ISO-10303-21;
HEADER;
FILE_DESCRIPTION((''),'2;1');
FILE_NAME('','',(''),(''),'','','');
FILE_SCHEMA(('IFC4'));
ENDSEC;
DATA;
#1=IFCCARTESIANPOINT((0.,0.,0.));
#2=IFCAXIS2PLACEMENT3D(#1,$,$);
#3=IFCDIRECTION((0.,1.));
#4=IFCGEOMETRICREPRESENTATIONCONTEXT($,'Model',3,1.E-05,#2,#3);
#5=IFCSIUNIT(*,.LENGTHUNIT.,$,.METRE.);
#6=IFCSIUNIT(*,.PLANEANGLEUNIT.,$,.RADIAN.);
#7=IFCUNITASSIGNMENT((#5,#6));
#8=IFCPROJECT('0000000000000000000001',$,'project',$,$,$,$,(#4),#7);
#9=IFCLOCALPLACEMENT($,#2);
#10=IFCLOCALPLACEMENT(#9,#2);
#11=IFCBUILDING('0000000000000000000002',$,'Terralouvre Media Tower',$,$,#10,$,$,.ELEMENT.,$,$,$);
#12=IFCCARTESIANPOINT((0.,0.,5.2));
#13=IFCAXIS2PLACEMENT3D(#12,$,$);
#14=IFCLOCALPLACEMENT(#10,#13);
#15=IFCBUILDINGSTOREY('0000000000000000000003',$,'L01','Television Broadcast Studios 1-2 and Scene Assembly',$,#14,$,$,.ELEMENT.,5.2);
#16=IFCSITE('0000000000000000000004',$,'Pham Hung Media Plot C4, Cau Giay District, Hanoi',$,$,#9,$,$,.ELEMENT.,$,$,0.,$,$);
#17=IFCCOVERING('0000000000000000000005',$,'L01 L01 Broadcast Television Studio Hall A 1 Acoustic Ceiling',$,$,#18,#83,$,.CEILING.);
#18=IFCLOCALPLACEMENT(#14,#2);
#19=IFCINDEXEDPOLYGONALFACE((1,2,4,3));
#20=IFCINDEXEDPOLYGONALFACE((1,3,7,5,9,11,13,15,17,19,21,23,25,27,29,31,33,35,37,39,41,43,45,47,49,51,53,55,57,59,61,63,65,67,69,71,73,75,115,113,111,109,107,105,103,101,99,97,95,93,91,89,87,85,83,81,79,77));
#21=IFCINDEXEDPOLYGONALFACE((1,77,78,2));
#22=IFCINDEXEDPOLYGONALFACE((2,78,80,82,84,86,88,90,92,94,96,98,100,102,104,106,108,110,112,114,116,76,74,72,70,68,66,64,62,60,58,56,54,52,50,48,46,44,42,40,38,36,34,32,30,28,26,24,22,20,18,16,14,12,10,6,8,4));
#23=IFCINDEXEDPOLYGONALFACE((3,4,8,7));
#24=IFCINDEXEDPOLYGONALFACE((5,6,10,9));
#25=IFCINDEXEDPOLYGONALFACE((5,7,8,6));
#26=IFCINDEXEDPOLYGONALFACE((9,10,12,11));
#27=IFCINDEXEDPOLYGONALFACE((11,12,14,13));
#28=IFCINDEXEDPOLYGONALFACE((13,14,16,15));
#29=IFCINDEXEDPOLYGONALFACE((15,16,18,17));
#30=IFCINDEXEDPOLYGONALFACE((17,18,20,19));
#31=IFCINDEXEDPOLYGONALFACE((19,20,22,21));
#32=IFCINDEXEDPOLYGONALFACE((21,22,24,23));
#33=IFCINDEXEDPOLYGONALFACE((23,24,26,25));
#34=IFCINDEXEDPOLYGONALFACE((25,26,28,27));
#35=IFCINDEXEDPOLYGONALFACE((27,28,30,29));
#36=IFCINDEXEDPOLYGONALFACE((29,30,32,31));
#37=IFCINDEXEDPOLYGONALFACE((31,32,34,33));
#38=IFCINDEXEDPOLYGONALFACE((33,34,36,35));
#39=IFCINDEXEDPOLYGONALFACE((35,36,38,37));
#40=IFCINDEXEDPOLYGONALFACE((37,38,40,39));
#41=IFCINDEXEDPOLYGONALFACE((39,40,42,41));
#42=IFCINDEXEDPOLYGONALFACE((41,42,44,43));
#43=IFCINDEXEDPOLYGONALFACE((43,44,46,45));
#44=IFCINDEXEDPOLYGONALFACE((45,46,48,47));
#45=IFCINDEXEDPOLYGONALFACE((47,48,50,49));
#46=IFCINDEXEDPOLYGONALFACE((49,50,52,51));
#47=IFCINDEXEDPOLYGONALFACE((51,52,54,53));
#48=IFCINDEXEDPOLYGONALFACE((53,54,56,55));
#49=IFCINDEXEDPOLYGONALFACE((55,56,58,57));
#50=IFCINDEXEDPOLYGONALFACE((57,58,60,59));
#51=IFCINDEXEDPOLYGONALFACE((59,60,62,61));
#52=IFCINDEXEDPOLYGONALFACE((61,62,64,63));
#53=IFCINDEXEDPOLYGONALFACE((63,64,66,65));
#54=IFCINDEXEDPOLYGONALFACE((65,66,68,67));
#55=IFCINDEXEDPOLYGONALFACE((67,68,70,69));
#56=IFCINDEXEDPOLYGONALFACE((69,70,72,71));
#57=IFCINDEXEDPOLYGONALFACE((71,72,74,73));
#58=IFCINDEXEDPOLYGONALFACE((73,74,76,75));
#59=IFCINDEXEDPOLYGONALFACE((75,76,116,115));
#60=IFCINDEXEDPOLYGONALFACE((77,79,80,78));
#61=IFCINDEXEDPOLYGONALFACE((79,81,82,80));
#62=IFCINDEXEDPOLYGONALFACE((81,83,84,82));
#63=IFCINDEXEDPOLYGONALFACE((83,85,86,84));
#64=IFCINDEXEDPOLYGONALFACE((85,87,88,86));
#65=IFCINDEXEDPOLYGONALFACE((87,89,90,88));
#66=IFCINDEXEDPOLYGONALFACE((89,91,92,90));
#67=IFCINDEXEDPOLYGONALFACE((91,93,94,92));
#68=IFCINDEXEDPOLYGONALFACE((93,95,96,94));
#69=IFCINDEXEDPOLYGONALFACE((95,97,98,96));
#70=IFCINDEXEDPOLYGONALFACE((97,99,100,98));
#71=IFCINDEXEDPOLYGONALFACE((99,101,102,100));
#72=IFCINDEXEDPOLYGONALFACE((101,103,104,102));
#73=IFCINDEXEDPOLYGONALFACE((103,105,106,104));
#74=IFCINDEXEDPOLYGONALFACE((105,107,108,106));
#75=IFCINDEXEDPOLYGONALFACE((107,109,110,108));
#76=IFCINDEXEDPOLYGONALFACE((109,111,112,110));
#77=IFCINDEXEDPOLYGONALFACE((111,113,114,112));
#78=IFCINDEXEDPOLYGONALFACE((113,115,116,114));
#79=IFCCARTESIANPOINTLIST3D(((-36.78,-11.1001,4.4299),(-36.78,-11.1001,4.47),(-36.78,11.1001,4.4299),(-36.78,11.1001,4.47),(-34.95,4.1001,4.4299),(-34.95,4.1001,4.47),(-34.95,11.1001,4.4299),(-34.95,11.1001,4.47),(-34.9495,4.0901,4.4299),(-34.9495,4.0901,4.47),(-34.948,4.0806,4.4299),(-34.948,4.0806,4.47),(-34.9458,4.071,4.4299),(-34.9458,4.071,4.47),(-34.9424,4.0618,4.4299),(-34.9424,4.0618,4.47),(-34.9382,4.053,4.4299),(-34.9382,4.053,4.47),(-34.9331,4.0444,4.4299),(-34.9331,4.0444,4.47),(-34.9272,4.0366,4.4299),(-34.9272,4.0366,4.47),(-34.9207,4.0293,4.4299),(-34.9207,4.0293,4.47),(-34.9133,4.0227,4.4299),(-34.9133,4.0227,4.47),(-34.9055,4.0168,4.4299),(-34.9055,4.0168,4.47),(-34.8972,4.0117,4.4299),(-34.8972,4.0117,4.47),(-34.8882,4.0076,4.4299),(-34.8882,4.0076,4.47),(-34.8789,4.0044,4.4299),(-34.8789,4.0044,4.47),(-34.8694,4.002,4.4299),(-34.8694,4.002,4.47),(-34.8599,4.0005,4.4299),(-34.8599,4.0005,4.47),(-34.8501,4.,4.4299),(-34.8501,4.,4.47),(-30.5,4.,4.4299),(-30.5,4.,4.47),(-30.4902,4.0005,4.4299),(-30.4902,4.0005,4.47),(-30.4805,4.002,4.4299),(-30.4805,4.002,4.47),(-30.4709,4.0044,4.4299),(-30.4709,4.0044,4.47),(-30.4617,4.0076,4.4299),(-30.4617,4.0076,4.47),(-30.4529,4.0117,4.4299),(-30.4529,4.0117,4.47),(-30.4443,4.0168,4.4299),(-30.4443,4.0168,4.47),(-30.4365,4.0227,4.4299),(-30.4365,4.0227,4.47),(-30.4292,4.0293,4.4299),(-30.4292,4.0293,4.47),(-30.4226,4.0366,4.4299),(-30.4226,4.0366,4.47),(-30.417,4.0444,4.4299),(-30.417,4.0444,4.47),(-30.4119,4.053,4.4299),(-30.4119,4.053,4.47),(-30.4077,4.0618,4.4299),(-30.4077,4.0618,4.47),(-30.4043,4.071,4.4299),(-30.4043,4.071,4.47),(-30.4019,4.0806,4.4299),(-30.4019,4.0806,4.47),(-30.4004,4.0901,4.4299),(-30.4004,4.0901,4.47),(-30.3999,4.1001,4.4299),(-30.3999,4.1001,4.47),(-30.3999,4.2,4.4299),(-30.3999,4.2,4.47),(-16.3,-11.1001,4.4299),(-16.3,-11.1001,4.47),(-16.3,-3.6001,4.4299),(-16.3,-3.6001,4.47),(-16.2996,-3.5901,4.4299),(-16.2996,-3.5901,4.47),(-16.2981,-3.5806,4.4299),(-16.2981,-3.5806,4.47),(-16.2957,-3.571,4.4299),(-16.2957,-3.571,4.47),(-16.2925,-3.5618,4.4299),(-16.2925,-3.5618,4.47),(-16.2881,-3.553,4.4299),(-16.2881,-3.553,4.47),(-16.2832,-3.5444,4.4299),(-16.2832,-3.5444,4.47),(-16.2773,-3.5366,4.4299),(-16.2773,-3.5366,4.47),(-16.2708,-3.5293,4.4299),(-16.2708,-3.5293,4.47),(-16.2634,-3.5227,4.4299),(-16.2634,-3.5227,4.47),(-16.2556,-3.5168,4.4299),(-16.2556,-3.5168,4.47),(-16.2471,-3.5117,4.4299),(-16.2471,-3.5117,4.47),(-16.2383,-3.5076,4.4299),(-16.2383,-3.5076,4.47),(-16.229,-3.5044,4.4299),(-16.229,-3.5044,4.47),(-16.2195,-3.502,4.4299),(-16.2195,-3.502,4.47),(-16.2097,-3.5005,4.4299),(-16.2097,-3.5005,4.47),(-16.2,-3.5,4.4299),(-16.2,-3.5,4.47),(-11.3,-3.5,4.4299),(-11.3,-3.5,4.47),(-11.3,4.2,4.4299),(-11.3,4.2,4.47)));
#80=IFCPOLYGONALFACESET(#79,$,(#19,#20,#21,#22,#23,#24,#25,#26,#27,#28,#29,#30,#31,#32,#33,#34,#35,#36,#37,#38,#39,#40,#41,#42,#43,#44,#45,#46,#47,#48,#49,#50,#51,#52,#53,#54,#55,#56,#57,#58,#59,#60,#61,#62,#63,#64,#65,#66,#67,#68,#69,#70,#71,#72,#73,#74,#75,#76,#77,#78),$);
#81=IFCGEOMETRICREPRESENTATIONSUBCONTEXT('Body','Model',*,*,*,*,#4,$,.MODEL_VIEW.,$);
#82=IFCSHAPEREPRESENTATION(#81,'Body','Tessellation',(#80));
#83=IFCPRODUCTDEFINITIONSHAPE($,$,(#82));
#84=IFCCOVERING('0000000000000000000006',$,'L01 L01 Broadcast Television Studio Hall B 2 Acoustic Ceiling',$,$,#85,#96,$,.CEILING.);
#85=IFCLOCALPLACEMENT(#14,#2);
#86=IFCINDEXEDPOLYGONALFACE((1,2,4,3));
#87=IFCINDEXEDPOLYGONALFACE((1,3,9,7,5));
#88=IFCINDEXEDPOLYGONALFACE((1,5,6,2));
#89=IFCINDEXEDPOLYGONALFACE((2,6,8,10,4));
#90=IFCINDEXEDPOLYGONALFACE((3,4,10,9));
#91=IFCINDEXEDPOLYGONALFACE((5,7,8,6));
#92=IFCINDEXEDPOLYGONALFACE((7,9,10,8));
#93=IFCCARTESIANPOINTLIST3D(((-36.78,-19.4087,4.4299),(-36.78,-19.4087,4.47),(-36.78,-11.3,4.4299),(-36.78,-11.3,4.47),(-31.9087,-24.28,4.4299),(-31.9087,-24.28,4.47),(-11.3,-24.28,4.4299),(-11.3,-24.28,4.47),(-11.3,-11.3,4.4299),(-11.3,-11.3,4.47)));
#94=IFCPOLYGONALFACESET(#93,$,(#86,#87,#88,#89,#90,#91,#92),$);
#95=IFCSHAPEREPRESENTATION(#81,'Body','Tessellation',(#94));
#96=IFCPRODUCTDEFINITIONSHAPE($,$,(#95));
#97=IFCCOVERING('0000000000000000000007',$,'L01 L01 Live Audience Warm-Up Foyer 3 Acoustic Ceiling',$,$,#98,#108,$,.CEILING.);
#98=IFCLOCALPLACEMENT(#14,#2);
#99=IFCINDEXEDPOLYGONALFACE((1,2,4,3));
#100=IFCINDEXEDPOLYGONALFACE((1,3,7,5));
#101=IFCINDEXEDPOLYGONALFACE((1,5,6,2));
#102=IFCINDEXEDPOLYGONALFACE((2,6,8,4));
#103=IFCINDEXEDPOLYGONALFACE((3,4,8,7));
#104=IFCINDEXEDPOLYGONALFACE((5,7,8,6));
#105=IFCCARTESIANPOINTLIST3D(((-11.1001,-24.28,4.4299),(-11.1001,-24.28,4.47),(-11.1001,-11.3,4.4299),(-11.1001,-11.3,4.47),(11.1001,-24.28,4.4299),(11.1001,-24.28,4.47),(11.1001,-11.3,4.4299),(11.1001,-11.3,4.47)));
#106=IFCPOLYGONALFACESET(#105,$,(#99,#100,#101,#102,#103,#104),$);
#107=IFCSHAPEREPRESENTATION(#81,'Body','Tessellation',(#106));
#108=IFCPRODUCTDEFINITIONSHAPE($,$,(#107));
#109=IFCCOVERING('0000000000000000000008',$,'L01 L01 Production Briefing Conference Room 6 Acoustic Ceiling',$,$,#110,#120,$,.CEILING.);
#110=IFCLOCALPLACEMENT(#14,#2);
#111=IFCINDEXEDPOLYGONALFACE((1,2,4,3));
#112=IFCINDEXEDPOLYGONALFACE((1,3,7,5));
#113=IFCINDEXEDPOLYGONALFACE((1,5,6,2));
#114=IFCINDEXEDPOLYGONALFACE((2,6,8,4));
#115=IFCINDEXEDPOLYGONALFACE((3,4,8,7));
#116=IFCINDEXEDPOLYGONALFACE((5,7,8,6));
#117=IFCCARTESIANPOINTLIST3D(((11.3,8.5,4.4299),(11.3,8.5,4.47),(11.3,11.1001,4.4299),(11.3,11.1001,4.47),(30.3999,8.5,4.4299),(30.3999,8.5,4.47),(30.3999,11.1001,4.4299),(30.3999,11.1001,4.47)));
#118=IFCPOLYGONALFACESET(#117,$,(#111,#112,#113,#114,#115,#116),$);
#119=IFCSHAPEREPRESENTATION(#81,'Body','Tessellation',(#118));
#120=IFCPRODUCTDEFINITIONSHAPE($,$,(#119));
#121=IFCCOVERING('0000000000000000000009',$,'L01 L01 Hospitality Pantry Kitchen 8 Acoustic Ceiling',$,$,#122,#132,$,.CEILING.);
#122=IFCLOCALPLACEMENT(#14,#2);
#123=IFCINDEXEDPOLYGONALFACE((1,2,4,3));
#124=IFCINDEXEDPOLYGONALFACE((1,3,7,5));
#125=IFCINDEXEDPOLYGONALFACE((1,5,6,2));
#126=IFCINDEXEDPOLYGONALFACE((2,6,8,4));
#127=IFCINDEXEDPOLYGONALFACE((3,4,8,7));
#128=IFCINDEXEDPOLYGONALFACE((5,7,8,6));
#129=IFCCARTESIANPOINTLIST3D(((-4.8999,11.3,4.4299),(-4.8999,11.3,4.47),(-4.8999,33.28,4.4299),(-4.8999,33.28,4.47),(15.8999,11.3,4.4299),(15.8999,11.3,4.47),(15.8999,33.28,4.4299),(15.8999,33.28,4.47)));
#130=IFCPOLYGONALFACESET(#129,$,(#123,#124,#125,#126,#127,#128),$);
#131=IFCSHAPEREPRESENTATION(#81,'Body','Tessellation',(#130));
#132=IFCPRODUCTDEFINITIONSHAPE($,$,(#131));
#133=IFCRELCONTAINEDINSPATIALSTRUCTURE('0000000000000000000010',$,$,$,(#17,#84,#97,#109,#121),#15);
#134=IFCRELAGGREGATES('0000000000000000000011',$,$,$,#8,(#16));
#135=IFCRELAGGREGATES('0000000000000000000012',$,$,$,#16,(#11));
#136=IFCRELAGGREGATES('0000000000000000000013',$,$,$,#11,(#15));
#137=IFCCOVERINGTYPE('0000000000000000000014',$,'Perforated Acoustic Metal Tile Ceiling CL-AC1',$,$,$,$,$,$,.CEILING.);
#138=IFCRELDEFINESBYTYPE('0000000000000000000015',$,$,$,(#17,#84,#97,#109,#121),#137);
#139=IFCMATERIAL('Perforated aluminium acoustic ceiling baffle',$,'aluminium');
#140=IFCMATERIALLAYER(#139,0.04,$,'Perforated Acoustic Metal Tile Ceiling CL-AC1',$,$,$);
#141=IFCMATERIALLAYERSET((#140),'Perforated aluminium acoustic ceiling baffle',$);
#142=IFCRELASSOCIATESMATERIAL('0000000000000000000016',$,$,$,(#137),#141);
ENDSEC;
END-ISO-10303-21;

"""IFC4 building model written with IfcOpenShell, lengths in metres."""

from ifc_helpers import new_model, si_unit, direction, frame, origin, place, context, subcontext, project, spatial, polyline, outline, extrude, material, layer, layer_set, type_object, element, save


model = new_model("IFC4")

# Units and contexts
model_context = context("Model", 3, precision=1e-05, world=origin(), true_north=direction((0.0, 1.0)))
body_context = subcontext(model_context, "Body", "Model", "MODEL_VIEW")
ifc_project = project(units=[si_unit("LENGTHUNIT", "METRE"), si_unit("PLANEANGLEUNIT", "RADIAN")], contexts=[model_context])

# Site, building, storey
site_placement = place(None, origin())
site = spatial("IfcSite", under=ifc_project, at=site_placement, Name="Pham Hung Media Plot C4, Cau Giay District, Hanoi", CompositionType="ELEMENT", RefElevation=0.0)
building_placement = place(site_placement, origin())
building = spatial("IfcBuilding", under=site, at=building_placement, Name="Terralouvre Media Tower", CompositionType="ELEMENT")
storey_placement = place(building_placement, frame((0.0, 0.0, 5.2)))
storey = spatial("IfcBuildingStorey", under=building, at=storey_placement, Name="L01", Description="Television Broadcast Studios 1-2 and Scene Assembly", CompositionType="ELEMENT", Elevation=5.2)

# Coverings
ifc_material_1 = material(Name="Perforated aluminium acoustic ceiling baffle", Category="aluminium")
ifc_layer_1 = layer(ifc_material_1, 0.04, Name="Perforated Acoustic Metal Tile Ceiling CL-AC1")
ifc_layer_set_1 = layer_set([ifc_layer_1], Name="Perforated aluminium acoustic ceiling baffle")
covering_type_1 = type_object("IfcCoveringType", Name="Perforated Acoustic Metal Tile Ceiling CL-AC1", PredefinedType="CEILING", material=ifc_layer_set_1)
covering_1_placement = place(storey_placement, frame((0.0, 0.0, 4.4299)))
element("IfcCovering", 1, at=covering_1_placement, inside=storey, type_object=covering_type_1, Name="L01 L01 Broadcast Television Studio Hall A 1 Acoustic Ceiling", PredefinedType="CEILING", context=body_context, shape_type="SweptSolid", body=[
    extrude(outline(polyline([(-16.3, -3.6001), (-16.2996, -3.5901), (-16.2981, -3.5806), (-16.2957, -3.571), (-16.2925, -3.5618), (-16.2881, -3.553), (-16.2832, -3.5444), (-16.2773, -3.5366), (-16.2708, -3.5293), (-16.2634, -3.5227), (-16.2556, -3.5168), (-16.2471, -3.5117), (-16.2383, -3.5076), (-16.229, -3.5044), (-16.2195, -3.502), (-16.2097, -3.5005), (-16.2, -3.5), (-11.3, -3.5), (-11.3, 4.2), (-30.3999, 4.2), (-30.3999, 4.1001), (-30.4004, 4.0901), (-30.4019, 4.0806), (-30.4043, 4.071), (-30.4077, 4.0618), (-30.4119, 4.053), (-30.417, 4.0444), (-30.4226, 4.0366), (-30.4292, 4.0293), (-30.4365, 4.0227), (-30.4443, 4.0168), (-30.4529, 4.0117), (-30.4617, 4.0076), (-30.4709, 4.0044), (-30.4805, 4.002), (-30.4902, 4.0005), (-30.5, 4.0), (-34.8501, 4.0), (-34.8599, 4.0005), (-34.8694, 4.002), (-34.8789, 4.0044), (-34.8882, 4.0076), (-34.8972, 4.0117), (-34.9055, 4.0168), (-34.9133, 4.0227), (-34.9207, 4.0293), (-34.9272, 4.0366), (-34.9331, 4.0444), (-34.9382, 4.053), (-34.9424, 4.0618), (-34.9458, 4.071), (-34.948, 4.0806), (-34.9495, 4.0901), (-34.95, 4.1001), (-34.95, 11.1001), (-36.78, 11.1001), (-36.78, -11.1001), (-16.3, -11.1001), (-16.3, -3.6001)])), origin(), (0.0, 0.0, 1.0), 0.04),
])
covering_2_placement = place(storey_placement, frame((0.0, 0.0, 4.4299)))
element("IfcCovering", 2, at=covering_2_placement, inside=storey, type_object=covering_type_1, Name="L01 L01 Broadcast Television Studio Hall B 2 Acoustic Ceiling", PredefinedType="CEILING", context=body_context, shape_type="SweptSolid", body=[
    extrude(outline(polyline([(-11.3, -24.28), (-11.3, -11.3), (-36.78, -11.3), (-36.78, -19.4087), (-31.9087, -24.28), (-11.3, -24.28)])), origin(), (0.0, 0.0, 1.0), 0.04),
])
covering_3_placement = place(storey_placement, frame((0.0, 0.0, 4.4299)))
element("IfcCovering", 3, at=covering_3_placement, inside=storey, type_object=covering_type_1, Name="L01 L01 Live Audience Warm-Up Foyer 3 Acoustic Ceiling", PredefinedType="CEILING", context=body_context, shape_type="SweptSolid", body=[
    extrude(outline(polyline([(-11.1001, -11.3), (-11.1001, -24.28), (11.1001, -24.28), (11.1001, -11.3), (-11.1001, -11.3)])), origin(), (0.0, 0.0, 1.0), 0.04),
])
covering_4_placement = place(storey_placement, frame((0.0, 0.0, 4.4299)))
element("IfcCovering", 4, at=covering_4_placement, inside=storey, type_object=covering_type_1, Name="L01 L01 Production Briefing Conference Room 6 Acoustic Ceiling", PredefinedType="CEILING", context=body_context, shape_type="SweptSolid", body=[
    extrude(outline(polyline([(11.3, 8.5), (30.3999, 8.5), (30.3999, 11.1001), (11.3, 11.1001), (11.3, 8.5)])), origin(), (0.0, 0.0, 1.0), 0.04),
])
covering_5_placement = place(storey_placement, frame((0.0, 0.0, 4.4299)))
element("IfcCovering", 5, at=covering_5_placement, inside=storey, type_object=covering_type_1, Name="L01 L01 Hospitality Pantry Kitchen 8 Acoustic Ceiling", PredefinedType="CEILING", context=body_context, shape_type="SweptSolid", body=[
    extrude(outline(polyline([(15.8999, 11.3), (15.8999, 33.28), (-4.8999, 33.28), (-4.8999, 11.3), (15.8999, 11.3)])), origin(), (0.0, 0.0, 1.0), 0.04),
])

save(model, "model.ifc")
